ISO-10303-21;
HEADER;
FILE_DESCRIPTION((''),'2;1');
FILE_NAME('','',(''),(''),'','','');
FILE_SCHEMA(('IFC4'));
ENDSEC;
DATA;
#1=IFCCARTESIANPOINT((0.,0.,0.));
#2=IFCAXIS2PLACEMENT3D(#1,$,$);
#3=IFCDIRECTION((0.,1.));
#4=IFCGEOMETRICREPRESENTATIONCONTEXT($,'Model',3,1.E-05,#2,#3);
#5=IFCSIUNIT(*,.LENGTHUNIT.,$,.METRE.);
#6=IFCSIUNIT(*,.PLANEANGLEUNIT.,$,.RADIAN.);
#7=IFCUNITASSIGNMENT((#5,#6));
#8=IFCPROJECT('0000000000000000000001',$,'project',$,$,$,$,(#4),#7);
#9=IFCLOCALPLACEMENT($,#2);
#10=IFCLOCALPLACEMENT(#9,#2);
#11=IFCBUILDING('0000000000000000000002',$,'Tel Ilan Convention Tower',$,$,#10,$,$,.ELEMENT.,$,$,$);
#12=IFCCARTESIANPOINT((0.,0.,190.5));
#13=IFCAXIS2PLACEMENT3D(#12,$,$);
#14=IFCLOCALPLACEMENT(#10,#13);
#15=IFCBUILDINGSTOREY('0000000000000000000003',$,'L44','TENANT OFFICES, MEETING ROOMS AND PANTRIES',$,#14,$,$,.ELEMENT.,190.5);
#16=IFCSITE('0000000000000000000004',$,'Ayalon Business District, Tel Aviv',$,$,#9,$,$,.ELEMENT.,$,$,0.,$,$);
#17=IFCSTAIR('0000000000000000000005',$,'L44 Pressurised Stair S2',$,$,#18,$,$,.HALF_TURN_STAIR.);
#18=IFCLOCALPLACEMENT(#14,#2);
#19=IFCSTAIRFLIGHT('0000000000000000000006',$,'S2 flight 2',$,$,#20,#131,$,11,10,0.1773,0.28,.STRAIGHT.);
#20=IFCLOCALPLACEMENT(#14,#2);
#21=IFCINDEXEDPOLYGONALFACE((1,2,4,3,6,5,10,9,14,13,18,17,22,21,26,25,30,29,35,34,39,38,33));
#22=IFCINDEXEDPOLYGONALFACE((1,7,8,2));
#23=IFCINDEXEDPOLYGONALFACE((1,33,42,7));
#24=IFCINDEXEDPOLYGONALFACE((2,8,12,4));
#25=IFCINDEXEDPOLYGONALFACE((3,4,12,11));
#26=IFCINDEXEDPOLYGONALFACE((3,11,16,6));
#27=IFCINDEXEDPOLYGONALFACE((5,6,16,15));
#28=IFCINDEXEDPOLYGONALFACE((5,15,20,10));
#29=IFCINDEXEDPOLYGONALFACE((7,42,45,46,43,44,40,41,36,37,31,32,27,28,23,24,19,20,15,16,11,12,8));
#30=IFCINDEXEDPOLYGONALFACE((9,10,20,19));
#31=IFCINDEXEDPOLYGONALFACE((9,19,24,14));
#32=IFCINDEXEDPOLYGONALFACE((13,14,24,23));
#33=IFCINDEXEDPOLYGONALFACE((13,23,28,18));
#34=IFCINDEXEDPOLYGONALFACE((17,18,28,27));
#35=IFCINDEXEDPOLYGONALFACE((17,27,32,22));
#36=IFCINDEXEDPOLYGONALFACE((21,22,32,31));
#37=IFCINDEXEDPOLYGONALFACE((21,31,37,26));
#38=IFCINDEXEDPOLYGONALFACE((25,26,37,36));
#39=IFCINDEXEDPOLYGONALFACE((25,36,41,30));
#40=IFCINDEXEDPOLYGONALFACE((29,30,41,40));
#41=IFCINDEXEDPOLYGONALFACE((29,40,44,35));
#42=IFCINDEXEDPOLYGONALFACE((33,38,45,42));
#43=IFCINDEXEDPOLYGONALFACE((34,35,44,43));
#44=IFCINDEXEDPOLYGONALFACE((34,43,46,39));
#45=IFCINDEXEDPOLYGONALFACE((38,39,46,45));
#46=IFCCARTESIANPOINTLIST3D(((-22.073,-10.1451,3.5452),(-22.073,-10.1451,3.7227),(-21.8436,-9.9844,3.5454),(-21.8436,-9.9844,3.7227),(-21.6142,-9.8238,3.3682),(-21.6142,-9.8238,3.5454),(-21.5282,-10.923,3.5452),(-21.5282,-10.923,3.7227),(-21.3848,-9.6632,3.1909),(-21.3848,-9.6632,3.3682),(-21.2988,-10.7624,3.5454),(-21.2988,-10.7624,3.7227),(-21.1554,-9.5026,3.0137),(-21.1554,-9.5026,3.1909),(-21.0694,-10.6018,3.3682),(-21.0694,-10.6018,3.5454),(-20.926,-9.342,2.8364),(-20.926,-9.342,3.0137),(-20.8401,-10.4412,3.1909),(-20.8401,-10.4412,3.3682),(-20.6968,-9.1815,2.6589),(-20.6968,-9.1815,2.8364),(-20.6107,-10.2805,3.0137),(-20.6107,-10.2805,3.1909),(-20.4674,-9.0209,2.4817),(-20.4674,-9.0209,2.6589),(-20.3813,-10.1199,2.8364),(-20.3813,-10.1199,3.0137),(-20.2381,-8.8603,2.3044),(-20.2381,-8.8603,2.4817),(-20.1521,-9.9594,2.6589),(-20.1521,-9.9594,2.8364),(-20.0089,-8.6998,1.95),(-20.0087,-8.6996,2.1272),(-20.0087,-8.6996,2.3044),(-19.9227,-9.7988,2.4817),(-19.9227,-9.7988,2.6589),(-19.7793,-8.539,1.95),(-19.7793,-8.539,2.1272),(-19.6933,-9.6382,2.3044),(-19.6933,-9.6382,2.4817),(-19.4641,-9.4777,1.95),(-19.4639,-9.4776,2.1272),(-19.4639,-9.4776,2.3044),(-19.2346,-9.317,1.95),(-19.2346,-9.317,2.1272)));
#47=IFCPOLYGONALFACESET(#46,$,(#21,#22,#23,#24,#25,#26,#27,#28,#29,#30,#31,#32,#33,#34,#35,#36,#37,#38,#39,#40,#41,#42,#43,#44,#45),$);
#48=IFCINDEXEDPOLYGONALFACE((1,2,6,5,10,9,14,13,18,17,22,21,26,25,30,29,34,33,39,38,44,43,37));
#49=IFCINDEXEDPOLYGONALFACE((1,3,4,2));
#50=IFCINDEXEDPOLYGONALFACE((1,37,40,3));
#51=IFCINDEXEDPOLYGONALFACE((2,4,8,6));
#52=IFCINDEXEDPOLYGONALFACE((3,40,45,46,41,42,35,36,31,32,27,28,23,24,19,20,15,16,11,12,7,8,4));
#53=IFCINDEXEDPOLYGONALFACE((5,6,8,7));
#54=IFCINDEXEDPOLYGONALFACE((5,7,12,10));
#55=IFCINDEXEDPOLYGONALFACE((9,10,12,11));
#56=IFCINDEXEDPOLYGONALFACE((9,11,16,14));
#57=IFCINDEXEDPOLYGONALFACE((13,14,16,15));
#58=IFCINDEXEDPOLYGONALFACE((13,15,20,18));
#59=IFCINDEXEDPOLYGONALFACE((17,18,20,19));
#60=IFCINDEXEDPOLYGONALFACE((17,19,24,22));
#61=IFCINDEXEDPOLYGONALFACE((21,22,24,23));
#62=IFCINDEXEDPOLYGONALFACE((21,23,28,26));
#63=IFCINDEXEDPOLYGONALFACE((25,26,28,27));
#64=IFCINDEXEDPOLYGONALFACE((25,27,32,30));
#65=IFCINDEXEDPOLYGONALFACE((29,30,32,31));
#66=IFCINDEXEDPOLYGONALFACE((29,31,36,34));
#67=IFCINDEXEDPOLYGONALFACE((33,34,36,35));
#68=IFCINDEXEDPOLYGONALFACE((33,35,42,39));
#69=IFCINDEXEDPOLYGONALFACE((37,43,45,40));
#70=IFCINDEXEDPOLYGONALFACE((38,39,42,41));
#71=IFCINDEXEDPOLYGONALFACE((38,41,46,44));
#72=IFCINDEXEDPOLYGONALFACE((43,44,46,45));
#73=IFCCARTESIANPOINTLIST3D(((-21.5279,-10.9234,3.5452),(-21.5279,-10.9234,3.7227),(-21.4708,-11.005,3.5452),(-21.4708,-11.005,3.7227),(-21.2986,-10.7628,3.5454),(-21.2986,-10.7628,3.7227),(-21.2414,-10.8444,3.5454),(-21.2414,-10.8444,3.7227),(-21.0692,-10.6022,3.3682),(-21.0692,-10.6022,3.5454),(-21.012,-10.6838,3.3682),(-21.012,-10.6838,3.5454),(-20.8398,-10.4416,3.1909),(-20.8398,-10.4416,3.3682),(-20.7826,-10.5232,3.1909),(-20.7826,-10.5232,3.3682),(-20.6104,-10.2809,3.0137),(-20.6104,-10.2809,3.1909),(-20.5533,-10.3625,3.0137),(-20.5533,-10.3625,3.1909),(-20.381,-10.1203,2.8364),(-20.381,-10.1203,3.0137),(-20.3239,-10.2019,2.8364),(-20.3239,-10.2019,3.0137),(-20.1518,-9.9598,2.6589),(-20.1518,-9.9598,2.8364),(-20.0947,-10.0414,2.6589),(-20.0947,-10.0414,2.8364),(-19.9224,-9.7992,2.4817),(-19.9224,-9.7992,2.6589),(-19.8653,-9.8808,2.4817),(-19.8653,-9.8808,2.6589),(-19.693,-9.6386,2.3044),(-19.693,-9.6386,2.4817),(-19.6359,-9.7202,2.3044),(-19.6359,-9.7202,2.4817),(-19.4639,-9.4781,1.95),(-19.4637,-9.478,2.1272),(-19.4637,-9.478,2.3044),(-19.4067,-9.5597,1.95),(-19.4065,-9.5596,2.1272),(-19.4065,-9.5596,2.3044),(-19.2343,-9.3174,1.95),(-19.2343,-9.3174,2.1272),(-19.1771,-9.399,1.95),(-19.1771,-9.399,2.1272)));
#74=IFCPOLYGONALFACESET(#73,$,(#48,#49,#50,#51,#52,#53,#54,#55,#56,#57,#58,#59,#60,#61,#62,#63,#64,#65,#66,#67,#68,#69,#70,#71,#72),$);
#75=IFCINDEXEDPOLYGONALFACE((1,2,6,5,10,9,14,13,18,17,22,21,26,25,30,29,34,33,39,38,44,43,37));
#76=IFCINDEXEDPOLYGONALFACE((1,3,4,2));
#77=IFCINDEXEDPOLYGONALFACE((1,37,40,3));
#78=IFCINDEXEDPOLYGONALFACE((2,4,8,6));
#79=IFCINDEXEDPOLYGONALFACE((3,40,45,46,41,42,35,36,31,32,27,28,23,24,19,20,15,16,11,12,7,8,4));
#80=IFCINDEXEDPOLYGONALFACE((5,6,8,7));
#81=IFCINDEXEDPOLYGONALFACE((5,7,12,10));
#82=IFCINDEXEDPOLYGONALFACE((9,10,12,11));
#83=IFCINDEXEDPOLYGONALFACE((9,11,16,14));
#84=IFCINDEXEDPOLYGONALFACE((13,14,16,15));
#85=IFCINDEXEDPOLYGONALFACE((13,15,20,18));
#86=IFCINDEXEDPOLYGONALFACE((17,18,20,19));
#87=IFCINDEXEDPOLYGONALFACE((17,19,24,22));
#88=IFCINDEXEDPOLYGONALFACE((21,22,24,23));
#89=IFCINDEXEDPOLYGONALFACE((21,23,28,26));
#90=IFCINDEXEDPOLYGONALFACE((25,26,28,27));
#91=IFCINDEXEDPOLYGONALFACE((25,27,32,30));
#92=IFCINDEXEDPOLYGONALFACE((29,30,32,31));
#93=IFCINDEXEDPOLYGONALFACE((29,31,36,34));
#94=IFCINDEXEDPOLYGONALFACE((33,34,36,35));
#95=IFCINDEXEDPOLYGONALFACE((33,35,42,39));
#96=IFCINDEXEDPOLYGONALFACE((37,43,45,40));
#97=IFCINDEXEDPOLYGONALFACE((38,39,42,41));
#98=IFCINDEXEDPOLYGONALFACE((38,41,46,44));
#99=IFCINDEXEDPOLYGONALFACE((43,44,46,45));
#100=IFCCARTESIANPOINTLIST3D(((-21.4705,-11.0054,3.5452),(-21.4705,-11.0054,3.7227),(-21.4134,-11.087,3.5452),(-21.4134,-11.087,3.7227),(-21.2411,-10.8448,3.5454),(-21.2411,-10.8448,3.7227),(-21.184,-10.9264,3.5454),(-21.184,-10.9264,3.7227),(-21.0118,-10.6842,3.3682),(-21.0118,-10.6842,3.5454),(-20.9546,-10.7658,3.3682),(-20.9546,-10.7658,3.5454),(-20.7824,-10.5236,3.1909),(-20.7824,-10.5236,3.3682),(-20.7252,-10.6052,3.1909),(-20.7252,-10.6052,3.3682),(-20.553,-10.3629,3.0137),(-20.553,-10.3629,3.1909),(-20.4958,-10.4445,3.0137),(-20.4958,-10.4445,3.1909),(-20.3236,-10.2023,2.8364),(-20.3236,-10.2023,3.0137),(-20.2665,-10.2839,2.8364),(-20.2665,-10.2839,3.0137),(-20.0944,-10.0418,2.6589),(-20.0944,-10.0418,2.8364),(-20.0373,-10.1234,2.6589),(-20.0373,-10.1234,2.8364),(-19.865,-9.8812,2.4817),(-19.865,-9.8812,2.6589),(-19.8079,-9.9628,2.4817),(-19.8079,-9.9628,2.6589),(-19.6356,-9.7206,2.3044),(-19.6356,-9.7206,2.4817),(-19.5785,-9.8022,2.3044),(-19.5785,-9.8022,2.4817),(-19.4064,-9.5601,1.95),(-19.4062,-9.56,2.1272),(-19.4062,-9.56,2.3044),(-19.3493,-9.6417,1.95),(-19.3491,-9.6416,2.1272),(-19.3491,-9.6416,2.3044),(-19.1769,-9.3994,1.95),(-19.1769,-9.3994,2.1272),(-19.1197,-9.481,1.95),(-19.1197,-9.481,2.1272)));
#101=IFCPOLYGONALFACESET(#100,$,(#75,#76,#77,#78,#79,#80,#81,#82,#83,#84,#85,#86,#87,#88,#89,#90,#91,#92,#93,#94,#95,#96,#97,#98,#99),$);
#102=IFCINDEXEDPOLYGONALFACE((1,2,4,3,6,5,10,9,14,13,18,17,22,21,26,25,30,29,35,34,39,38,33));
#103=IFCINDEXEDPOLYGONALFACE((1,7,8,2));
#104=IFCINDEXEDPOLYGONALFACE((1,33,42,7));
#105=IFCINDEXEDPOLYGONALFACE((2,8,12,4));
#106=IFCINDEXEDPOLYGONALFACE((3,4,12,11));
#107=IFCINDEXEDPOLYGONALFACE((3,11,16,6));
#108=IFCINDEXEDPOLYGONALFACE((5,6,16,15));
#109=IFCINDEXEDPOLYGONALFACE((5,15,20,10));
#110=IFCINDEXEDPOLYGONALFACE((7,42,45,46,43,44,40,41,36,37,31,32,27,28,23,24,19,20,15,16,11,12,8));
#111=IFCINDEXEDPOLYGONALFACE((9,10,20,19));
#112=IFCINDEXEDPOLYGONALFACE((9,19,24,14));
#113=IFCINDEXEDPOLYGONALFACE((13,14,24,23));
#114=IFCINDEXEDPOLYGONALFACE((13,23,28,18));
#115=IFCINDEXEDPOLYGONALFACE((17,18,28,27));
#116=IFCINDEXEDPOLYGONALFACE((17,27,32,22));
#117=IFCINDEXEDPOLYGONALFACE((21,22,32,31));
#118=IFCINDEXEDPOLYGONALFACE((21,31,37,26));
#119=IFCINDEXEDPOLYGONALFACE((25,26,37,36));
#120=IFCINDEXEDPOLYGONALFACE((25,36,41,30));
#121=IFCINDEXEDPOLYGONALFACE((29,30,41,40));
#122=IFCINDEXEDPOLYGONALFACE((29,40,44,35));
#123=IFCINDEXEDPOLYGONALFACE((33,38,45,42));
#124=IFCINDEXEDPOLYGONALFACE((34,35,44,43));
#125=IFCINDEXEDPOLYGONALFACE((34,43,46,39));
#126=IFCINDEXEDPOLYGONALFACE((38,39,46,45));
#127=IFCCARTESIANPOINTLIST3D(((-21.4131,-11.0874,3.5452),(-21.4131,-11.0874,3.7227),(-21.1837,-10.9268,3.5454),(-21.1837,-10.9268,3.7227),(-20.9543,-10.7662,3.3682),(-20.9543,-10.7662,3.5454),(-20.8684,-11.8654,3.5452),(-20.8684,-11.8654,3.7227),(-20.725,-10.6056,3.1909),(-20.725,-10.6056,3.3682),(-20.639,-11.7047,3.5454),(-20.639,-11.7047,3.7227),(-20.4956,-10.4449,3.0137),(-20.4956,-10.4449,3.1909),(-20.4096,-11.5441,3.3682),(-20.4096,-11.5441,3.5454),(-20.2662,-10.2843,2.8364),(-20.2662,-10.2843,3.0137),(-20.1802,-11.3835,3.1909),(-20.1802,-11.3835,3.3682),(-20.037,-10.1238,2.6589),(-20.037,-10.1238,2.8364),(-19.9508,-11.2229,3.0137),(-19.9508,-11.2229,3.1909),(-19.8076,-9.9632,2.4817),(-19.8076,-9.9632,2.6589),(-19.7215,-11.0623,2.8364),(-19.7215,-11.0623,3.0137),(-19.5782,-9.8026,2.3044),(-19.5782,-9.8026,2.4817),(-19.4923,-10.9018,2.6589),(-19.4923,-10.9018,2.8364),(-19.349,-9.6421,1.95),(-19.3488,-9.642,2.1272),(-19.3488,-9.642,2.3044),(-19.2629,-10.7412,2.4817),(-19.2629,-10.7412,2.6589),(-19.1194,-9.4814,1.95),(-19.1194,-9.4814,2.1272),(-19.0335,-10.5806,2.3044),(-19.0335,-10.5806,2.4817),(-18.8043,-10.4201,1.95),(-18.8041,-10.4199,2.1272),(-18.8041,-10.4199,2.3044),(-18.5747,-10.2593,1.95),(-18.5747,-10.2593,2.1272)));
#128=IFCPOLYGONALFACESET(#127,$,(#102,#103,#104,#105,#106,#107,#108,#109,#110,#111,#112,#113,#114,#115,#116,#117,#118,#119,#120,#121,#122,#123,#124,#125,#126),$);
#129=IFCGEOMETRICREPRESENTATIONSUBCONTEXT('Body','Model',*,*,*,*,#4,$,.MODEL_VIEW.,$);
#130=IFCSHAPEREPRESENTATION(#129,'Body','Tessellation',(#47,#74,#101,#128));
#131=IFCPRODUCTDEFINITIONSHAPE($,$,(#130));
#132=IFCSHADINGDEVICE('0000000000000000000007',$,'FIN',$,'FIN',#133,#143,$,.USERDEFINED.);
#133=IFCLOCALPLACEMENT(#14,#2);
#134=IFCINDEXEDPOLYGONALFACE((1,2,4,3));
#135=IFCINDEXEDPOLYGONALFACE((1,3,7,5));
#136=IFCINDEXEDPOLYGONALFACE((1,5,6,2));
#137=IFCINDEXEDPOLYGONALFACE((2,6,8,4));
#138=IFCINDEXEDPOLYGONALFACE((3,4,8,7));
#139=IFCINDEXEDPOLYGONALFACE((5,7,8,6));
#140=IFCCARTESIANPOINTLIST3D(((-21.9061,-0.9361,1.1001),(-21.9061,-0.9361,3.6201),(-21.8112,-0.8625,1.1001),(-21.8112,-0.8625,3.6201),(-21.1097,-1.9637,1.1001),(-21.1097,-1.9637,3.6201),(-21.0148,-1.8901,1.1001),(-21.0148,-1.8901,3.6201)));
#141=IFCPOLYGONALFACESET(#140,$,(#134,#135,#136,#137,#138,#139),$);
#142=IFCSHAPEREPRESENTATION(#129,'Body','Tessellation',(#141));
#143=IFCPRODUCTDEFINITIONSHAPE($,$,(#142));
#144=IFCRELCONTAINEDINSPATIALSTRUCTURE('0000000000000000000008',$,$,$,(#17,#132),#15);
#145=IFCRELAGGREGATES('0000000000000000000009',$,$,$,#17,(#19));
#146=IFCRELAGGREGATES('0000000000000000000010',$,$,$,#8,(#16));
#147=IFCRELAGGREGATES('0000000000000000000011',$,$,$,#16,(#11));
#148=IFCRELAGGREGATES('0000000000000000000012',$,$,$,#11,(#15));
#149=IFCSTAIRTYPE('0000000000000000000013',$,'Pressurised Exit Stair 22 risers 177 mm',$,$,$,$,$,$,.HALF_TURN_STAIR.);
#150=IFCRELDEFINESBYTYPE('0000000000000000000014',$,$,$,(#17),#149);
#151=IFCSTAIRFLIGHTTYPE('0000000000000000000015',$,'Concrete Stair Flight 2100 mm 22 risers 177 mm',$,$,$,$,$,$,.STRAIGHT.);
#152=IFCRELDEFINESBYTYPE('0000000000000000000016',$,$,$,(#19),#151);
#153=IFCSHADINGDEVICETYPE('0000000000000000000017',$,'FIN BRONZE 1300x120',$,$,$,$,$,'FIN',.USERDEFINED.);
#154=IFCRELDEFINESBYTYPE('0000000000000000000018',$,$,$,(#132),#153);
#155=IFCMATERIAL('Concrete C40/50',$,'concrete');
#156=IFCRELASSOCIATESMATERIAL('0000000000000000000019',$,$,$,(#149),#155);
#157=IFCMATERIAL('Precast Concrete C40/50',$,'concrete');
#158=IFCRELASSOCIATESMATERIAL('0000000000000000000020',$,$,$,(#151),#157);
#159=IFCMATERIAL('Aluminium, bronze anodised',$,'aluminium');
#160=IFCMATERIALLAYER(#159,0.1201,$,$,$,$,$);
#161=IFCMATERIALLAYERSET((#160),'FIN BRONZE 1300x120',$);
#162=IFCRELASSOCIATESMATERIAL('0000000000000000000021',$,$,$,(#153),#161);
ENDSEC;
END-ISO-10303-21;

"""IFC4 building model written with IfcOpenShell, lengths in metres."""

from ifc_helpers import new_model, si_unit, direction, frame, origin, origin_2d, place, context, subcontext, project, spatial, polyline, rectangle, outline, extrude, material, layer, layer_set, type_object, element, aggregate, save


model = new_model("IFC4")

# Units and contexts
model_context = context("Model", 3, precision=1e-05, world=origin(), true_north=direction((0.0, 1.0)))
body_context = subcontext(model_context, "Body", "Model", "MODEL_VIEW")
ifc_project = project(units=[si_unit("LENGTHUNIT", "METRE"), si_unit("PLANEANGLEUNIT", "RADIAN")], contexts=[model_context])

# Site, building, storey
site_placement = place(None, origin())
site = spatial("IfcSite", under=ifc_project, at=site_placement, Name="Ayalon Business District, Tel Aviv", CompositionType="ELEMENT", RefElevation=0.0)
building_placement = place(site_placement, origin())
building = spatial("IfcBuilding", under=site, at=building_placement, Name="Tel Ilan Convention Tower", CompositionType="ELEMENT")
storey_placement = place(building_placement, frame((0.0, 0.0, 190.5)))
storey = spatial("IfcBuildingStorey", under=building, at=storey_placement, Name="L44", Description="TENANT OFFICES, MEETING ROOMS AND PANTRIES", CompositionType="ELEMENT", Elevation=190.5)

# Stair, stair flight
ifc_material_1 = material(Name="Concrete C40/50", Category="concrete")
stair_type = type_object("IfcStairType", Name="Pressurised Exit Stair 22 risers 177 mm", PredefinedType="HALF_TURN_STAIR", material=ifc_material_1)
ifc_material_2 = material(Name="Precast Concrete C40/50", Category="concrete")
stair_flight_type = type_object("IfcStairFlightType", Name="Concrete Stair Flight 2100 mm 22 risers 177 mm", PredefinedType="STRAIGHT", material=ifc_material_2)
stair_1_placement = place(storey_placement, origin())
stair_1 = element("IfcStair", 1, at=stair_1_placement, inside=storey, type_object=stair_type, Name="L44 Pressurised Stair S2", PredefinedType="HALF_TURN_STAIR")
stair_flight_1_placement = place(storey_placement, frame((-19.177, -9.3992, 1.95), z_axis=(0.0, 0.0, 1.0), x_axis=(-0.819152, -0.573576, 0.0)))
stair_flight_1 = element("IfcStairFlight", 2, at=stair_flight_1_placement, type_object=stair_flight_type, Name="S2 flight 2", NumberOfRisers=11, NumberOfTreads=10, PredefinedType="STRAIGHT", RiserHeight=0.1773, TreadLength=0.28, context=body_context, shape_type="SweptSolid", body=[
    extrude(outline(polyline([(0.0, 0.0), (0.0, 0.1772), (0.28, 0.1772), (0.28, 0.3545), (0.5601, 0.3545), (0.5601, 0.5317), (0.8401, 0.5317), (0.8401, 0.709), (1.1201, 0.709), (1.1201, 0.8865), (1.3999, 0.8865), (1.3999, 1.0637), (1.6799, 1.0637), (1.6799, 1.241), (1.96, 1.241), (1.96, 1.4182), (2.24, 1.4182), (2.24, 1.5955), (2.52, 1.5955), (2.52, 1.7727), (2.8, 1.7727), (2.8, 1.95), (2.8, 1.5952), (0.2803, 0.0), (0.0, 0.0)])), frame((0.0, -0.1003, 0.0), z_axis=(0.0, -1.0, 0.0), x_axis=(1.0, 0.0, 0.0)), (0.0, 0.0, 1.0), 0.9497),
    extrude(outline(polyline([(0.0, 0.0), (0.0, 0.1772), (0.28, 0.1772), (0.28, 0.3545), (0.5601, 0.3545), (0.5601, 0.5317), (0.8401, 0.5317), (0.8401, 0.709), (1.1201, 0.709), (1.1201, 0.8865), (1.3999, 0.8865), (1.3999, 1.0637), (1.6799, 1.0637), (1.6799, 1.241), (1.96, 1.241), (1.96, 1.4182), (2.24, 1.4182), (2.24, 1.5955), (2.52, 1.5955), (2.52, 1.7727), (2.8, 1.7727), (2.8, 1.95), (2.8, 1.5952), (0.2803, 0.0), (0.0, 0.0)])), frame((0.0, -0.0002, 0.0), z_axis=(0.0, -1.0, 0.0), x_axis=(1.0, 0.0, 0.0)), (0.0, 0.0, 1.0), 0.0996),
    extrude(outline(polyline([(0.0, 0.0), (0.0, 0.1772), (0.28, 0.1772), (0.28, 0.3545), (0.5601, 0.3545), (0.5601, 0.5317), (0.8401, 0.5317), (0.8401, 0.709), (1.1201, 0.709), (1.1201, 0.8865), (1.3999, 0.8865), (1.3999, 1.0637), (1.6799, 1.0637), (1.6799, 1.241), (1.96, 1.241), (1.96, 1.4182), (2.24, 1.4182), (2.24, 1.5955), (2.52, 1.5955), (2.52, 1.7727), (2.8, 1.7727), (2.8, 1.95), (2.8, 1.5952), (0.2803, 0.0), (0.0, 0.0)])), frame((0.0, 0.0999, 0.0), z_axis=(0.0, -1.0, 0.0), x_axis=(1.0, 0.0, 0.0)), (0.0, 0.0, 1.0), 0.0996),
    extrude(outline(polyline([(0.0, 0.0), (0.0, 0.1772), (0.28, 0.1772), (0.28, 0.3545), (0.5601, 0.3545), (0.5601, 0.5317), (0.8401, 0.5317), (0.8401, 0.709), (1.1201, 0.709), (1.1201, 0.8865), (1.3999, 0.8865), (1.3999, 1.0637), (1.6799, 1.0637), (1.6799, 1.241), (1.96, 1.241), (1.96, 1.4182), (2.24, 1.4182), (2.24, 1.5955), (2.52, 1.5955), (2.52, 1.7727), (2.8, 1.7727), (2.8, 1.95), (2.8, 1.5952), (0.2803, 0.0), (0.0, 0.0)])), frame((0.0, 1.05, 0.0), z_axis=(0.0, -1.0, 0.0), x_axis=(1.0, 0.0, 0.0)), (0.0, 0.0, 1.0), 0.9497),
])
aggregate(stair_1, [stair_flight_1])

# Shading device
ifc_material_3 = material(Name="Aluminium, bronze anodised", Category="aluminium")
ifc_layer_1 = layer(ifc_material_3, 0.1201)
ifc_layer_set_1 = layer_set([ifc_layer_1], Name="FIN BRONZE 1300x120")
shading_device_type = type_object("IfcShadingDeviceType", Name="FIN BRONZE 1300x120", ElementType="FIN", PredefinedType="USERDEFINED", material=ifc_layer_set_1)
shading_device_placement = place(storey_placement, frame((-21.4604, -1.4131, 1.1001), z_axis=(0.0, 0.0, 1.0), x_axis=(-0.612601, 0.790393, 0.0)))
element("IfcShadingDevice", 3, at=shading_device_placement, inside=storey, type_object=shading_device_type, Name="FIN", ObjectType="FIN", PredefinedType="USERDEFINED", context=body_context, shape_type="SweptSolid", body=[
    extrude(rectangle(XDim=1.3, YDim=0.1201, at=origin_2d()), origin(), (0.0, 0.0, 1.0), 2.52),
])

save(model, "model.ifc")
